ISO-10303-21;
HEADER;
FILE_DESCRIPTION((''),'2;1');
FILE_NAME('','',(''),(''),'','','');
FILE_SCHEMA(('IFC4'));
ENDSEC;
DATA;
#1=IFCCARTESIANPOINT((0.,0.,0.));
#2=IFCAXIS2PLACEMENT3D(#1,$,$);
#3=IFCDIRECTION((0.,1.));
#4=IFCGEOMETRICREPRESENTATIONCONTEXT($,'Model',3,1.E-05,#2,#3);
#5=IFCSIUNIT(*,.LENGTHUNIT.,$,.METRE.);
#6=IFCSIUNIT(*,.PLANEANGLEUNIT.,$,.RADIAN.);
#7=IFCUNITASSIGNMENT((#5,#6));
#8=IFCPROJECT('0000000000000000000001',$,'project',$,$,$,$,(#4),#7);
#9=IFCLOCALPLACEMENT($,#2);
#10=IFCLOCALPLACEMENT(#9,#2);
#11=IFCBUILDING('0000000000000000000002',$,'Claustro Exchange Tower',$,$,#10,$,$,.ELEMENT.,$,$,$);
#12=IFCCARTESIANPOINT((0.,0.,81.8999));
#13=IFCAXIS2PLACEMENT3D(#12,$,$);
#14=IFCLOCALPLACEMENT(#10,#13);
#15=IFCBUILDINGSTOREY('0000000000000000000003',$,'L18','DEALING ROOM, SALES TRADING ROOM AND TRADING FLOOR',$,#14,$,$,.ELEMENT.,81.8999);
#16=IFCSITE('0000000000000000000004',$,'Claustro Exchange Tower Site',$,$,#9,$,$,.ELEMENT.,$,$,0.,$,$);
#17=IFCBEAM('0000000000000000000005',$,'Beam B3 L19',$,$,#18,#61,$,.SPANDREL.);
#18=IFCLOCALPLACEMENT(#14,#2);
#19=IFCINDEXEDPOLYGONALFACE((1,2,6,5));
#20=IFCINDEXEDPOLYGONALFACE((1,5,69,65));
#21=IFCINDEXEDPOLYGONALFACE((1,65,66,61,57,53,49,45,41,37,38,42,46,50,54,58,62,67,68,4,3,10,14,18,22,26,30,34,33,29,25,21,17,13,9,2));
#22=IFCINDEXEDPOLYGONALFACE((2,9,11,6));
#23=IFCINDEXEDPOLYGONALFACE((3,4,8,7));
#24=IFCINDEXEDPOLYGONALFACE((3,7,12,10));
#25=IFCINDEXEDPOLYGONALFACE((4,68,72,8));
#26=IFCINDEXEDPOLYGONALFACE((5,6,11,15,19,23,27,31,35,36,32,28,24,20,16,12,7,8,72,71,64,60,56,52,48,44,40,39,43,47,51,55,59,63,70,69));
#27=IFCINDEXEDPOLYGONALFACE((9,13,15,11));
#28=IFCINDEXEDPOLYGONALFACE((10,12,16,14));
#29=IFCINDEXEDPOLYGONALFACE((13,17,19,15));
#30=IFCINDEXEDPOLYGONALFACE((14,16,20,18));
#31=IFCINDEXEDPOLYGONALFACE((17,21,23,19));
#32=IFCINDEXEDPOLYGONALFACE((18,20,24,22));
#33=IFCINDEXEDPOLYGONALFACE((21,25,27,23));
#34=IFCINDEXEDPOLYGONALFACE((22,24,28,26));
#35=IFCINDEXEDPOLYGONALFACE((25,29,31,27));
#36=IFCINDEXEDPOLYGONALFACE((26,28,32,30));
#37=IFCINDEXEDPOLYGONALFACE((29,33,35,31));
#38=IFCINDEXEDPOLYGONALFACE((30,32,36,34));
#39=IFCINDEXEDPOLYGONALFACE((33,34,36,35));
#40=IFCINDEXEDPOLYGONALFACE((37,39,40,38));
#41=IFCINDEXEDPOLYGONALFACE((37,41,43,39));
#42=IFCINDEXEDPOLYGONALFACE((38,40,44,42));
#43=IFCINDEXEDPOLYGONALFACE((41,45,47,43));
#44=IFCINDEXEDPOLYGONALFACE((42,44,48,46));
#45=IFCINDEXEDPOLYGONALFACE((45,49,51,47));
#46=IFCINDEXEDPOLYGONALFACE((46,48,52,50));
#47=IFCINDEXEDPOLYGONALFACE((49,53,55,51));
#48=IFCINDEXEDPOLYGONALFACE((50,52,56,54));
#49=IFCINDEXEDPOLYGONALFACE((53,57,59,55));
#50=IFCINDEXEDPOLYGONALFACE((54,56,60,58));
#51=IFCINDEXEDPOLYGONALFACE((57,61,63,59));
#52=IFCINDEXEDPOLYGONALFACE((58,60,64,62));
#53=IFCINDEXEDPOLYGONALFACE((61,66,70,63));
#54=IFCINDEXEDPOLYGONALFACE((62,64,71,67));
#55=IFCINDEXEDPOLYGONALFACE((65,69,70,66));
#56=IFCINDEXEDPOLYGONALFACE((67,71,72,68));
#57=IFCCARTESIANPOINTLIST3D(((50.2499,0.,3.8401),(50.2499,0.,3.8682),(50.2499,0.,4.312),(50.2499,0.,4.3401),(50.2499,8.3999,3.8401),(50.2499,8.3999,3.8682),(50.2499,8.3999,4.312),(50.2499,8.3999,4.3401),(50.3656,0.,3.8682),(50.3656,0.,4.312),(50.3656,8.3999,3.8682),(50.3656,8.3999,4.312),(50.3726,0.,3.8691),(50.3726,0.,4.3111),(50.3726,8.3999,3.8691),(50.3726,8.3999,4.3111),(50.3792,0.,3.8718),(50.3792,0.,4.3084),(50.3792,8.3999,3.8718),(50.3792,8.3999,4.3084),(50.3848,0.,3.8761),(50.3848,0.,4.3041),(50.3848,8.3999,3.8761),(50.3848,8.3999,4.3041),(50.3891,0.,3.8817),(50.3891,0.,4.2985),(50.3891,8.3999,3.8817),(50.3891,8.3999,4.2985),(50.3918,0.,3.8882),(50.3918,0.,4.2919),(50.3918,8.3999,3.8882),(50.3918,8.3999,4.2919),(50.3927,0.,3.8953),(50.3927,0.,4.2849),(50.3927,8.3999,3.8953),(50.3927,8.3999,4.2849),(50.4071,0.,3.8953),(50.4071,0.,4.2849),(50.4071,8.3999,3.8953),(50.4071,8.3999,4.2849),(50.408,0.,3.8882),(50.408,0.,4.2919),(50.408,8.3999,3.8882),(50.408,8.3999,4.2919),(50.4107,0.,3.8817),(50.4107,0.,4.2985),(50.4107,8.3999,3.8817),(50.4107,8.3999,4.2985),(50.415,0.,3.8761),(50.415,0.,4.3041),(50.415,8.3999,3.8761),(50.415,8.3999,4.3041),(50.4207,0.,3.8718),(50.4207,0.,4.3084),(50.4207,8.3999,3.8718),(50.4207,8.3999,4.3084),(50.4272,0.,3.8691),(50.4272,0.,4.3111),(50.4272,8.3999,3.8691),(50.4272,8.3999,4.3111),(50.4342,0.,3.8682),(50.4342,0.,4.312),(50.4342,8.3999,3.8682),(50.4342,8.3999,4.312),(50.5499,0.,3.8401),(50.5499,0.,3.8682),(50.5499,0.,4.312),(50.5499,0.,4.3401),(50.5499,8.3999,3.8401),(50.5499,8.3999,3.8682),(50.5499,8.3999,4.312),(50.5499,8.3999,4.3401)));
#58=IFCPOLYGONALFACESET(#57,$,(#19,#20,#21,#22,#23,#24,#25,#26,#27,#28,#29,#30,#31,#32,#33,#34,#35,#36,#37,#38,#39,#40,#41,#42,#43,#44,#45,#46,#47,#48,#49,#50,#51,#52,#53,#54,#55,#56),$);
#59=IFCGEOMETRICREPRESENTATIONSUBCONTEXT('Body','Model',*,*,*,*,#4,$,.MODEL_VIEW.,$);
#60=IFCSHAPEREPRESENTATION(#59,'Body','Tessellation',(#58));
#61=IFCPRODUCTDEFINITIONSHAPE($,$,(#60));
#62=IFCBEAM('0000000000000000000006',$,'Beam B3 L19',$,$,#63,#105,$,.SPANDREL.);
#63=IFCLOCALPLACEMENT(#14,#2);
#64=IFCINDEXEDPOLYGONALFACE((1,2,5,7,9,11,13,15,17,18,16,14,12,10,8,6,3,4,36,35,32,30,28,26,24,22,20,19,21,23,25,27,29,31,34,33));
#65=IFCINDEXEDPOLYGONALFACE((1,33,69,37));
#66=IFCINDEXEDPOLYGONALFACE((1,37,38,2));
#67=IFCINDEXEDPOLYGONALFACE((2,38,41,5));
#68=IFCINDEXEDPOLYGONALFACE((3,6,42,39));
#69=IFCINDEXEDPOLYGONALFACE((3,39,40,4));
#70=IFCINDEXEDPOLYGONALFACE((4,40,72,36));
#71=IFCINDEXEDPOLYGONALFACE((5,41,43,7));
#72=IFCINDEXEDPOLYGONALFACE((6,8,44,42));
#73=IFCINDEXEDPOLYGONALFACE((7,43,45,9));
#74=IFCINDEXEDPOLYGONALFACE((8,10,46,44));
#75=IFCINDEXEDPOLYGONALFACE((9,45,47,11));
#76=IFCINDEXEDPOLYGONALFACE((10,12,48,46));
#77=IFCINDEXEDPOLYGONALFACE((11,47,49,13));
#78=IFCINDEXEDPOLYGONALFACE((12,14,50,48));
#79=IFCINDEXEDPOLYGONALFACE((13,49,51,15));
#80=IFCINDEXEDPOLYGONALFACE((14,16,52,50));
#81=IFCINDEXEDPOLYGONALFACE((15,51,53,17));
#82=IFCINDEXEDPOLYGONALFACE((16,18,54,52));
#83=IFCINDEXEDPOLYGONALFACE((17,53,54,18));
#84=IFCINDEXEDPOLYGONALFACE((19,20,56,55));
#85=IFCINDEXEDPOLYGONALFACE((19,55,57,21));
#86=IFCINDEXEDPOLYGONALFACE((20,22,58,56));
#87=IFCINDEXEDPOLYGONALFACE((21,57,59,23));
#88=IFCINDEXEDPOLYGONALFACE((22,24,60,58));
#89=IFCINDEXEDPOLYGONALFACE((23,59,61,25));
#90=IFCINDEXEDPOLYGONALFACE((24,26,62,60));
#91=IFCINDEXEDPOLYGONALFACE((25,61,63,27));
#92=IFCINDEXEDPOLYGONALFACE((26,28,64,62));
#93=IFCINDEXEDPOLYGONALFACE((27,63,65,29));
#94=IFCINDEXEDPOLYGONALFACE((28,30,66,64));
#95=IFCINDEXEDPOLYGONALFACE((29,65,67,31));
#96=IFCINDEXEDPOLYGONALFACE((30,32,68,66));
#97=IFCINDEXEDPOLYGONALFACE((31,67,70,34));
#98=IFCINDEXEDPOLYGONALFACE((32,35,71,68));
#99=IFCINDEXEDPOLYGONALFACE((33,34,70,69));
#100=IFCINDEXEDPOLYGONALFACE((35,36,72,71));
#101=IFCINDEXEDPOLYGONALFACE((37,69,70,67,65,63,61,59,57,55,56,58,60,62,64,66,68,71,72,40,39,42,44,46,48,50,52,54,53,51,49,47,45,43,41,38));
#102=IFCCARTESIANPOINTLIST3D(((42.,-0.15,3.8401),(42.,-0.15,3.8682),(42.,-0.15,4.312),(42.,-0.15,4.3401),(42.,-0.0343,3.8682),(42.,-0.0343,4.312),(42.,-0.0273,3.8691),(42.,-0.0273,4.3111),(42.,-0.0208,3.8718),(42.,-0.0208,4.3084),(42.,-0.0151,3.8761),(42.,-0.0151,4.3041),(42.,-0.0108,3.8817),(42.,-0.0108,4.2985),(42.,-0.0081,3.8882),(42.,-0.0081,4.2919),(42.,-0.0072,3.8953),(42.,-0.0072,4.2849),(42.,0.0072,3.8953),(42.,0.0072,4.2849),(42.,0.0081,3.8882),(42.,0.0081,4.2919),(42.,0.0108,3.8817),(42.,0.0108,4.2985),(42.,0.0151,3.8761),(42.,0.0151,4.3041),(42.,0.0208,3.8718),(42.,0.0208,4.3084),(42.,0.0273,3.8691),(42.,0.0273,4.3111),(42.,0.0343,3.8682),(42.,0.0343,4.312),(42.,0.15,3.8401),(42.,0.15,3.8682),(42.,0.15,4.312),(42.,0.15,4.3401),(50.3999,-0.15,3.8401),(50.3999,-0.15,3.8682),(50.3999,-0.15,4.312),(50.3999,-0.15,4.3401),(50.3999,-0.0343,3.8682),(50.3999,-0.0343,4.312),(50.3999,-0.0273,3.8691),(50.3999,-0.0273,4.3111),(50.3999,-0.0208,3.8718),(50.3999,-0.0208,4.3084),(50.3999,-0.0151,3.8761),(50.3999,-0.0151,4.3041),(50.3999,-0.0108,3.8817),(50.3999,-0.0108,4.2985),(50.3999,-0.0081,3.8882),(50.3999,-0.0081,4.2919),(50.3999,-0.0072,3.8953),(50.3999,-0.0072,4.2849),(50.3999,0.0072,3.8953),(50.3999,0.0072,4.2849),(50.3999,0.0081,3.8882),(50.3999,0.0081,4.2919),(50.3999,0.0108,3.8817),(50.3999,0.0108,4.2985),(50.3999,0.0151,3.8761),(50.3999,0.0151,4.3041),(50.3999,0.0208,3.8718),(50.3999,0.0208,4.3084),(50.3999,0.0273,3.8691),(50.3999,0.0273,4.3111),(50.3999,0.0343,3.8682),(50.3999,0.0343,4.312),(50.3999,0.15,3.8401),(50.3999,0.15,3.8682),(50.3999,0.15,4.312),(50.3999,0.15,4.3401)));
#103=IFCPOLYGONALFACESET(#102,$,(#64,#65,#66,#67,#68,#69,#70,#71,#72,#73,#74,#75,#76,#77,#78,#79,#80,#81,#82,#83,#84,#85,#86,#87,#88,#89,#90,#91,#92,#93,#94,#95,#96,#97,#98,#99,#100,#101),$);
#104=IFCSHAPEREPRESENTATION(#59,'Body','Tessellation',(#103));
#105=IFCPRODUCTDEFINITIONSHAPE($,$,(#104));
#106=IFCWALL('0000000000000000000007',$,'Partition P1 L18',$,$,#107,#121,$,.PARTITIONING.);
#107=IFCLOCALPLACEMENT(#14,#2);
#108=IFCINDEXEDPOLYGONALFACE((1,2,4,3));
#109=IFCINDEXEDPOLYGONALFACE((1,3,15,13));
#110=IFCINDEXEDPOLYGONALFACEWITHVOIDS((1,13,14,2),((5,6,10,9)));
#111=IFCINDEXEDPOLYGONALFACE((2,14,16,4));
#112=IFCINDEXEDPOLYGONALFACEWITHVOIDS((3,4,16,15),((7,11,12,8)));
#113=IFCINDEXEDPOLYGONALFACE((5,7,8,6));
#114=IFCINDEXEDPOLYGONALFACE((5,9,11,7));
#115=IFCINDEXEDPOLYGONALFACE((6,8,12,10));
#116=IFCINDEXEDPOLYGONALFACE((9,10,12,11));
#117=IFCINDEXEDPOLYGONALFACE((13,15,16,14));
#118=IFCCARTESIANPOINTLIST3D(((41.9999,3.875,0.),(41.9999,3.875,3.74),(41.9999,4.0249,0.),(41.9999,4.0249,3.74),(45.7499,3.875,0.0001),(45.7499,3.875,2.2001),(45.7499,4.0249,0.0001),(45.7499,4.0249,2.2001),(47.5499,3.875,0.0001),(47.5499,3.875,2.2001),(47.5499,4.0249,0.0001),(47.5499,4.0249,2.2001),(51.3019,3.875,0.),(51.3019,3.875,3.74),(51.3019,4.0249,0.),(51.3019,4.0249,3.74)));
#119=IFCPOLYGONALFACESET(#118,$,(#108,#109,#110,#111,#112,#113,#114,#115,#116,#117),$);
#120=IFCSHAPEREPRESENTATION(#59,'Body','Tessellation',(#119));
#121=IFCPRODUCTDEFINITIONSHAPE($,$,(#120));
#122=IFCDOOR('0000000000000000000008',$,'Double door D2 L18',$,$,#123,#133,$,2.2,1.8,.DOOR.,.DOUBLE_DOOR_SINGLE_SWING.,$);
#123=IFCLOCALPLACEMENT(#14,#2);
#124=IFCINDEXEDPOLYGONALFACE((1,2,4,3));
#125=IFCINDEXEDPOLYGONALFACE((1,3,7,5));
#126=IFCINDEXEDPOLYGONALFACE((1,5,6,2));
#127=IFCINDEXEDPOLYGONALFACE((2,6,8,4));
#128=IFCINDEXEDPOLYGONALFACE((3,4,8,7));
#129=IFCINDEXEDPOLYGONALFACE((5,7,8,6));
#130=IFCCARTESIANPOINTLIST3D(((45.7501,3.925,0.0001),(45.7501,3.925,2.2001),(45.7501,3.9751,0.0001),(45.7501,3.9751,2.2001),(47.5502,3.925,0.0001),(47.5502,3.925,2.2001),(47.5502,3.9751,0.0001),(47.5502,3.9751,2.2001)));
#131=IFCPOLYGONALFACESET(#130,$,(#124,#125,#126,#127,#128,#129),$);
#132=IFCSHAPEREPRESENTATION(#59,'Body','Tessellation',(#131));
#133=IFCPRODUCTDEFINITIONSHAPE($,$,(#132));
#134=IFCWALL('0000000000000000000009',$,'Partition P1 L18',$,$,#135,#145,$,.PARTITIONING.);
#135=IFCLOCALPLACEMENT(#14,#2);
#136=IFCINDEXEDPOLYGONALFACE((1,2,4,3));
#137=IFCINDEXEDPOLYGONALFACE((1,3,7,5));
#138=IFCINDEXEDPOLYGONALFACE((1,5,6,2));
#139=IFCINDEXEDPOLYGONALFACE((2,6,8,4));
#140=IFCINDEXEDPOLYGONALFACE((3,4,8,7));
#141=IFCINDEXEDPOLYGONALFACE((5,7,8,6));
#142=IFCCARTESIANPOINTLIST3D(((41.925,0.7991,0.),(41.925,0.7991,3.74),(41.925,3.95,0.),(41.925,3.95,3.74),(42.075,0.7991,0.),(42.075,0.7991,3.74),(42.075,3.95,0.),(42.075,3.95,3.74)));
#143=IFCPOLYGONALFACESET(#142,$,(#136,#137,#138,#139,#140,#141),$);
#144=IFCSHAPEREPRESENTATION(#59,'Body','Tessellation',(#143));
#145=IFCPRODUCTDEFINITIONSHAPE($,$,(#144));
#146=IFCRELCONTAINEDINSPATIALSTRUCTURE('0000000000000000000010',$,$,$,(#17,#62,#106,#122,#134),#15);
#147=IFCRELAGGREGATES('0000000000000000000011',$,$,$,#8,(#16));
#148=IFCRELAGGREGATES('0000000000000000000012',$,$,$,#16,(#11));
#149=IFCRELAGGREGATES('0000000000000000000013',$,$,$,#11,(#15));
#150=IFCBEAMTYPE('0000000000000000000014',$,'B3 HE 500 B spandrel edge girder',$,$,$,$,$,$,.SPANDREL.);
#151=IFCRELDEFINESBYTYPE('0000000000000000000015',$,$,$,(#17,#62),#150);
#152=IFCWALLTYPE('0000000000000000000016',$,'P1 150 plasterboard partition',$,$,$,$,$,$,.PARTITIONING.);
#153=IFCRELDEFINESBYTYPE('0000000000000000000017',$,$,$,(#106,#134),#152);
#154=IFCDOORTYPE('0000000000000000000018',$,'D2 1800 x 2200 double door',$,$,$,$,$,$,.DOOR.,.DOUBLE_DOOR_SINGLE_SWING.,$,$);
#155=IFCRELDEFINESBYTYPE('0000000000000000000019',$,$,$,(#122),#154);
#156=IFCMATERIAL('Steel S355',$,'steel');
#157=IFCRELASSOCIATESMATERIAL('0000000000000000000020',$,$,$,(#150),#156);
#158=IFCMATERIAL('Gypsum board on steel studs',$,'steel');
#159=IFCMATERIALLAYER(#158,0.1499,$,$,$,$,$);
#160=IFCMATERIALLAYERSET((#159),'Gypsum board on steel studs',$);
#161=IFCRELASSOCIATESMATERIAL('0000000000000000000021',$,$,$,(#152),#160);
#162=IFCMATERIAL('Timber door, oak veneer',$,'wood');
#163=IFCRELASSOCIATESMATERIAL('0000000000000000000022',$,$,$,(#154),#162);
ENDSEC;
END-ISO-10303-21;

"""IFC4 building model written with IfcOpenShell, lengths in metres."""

from ifc_helpers import new_model, si_unit, direction, frame, frame_2d, origin, origin_2d, place, context, subcontext, project, spatial, rectangle, i_section, extrude, material, layer, layer_set, material_profile, profile_set, type_object, element, fill, save


model = new_model("IFC4")

# Units and contexts
model_context = context("Model", 3, precision=1e-05, world=origin(), true_north=direction((0.0, 1.0)))
body_context = subcontext(model_context, "Body", "Model", "MODEL_VIEW")
ifc_project = project(units=[si_unit("LENGTHUNIT", "METRE"), si_unit("PLANEANGLEUNIT", "RADIAN")], contexts=[model_context])

# Site, building, storey
site_placement = place(None, origin())
site = spatial("IfcSite", under=ifc_project, at=site_placement, Name="Claustro Exchange Tower Site", CompositionType="ELEMENT", RefElevation=0.0)
building_placement = place(site_placement, origin())
building = spatial("IfcBuilding", under=site, at=building_placement, Name="Claustro Exchange Tower", CompositionType="ELEMENT")
storey_placement = place(building_placement, frame((0.0, 0.0, 81.8999)))
storey = spatial("IfcBuildingStorey", under=building, at=storey_placement, Name="L18", Description="DEALING ROOM, SALES TRADING ROOM AND TRADING FLOOR", CompositionType="ELEMENT", Elevation=81.8999)

# Beams
ifc_material_1 = material(Name="Steel S355", Category="steel")
ifc_material_profile_1 = material_profile(ifc_material_1, i_section(OverallWidth=0.3, OverallDepth=0.5, WebThickness=0.0144, FlangeThickness=0.0281, FilletRadius=0.0271, at=origin_2d()), Name="HE 500 B")
ifc_profile_set_1 = profile_set([ifc_material_profile_1], Name="Steel S355")
beam_type_1 = type_object("IfcBeamType", Name="B3 HE 500 B spandrel edge girder", PredefinedType="SPANDREL", material=ifc_profile_set_1)
for number, where, z_axis, x_axis, name in (
    (1, (50.3999, 0.0, 4.0901), (0.0, 1.0, 0.0), (-1.0, 0.0, 0.0), "Beam B3 L19"),
    (2, (42.0, 0.0, 4.0901), (1.0, 0.0, 0.0), (0.0, 1.0, 0.0), "Beam B3 L19"),
):
    element("IfcBeam", number, at=place(storey_placement, frame(where, z_axis=z_axis, x_axis=x_axis)), inside=storey, type_object=beam_type_1, Name=name, PredefinedType="SPANDREL", context=body_context, shape_type="SweptSolid", body=[
        extrude(i_section(OverallWidth=0.3, OverallDepth=0.5, WebThickness=0.0144, FlangeThickness=0.0281, FilletRadius=0.0271, at=origin_2d()), origin(), (0.0, 0.0, 1.0), 8.3999),
    ])

# Wall, opening, door
ifc_material_2 = material(Name="Gypsum board on steel studs", Category="steel")
ifc_layer_1 = layer(ifc_material_2, 0.1499)
ifc_layer_set_1 = layer_set([ifc_layer_1], Name="Gypsum board on steel studs")
wall_type_1 = type_object("IfcWallType", Name="P1 150 plasterboard partition", PredefinedType="PARTITIONING", material=ifc_layer_set_1)
wall_1_placement = place(storey_placement, frame((42.0, 3.95, 0.0), z_axis=(0.0, 0.0, 1.0), x_axis=(1.0, 0.0, 0.0)))
wall_1 = element("IfcWall", 3, at=wall_1_placement, inside=storey, type_object=wall_type_1, Name="Partition P1 L18", PredefinedType="PARTITIONING", context=body_context, shape_type="SweptSolid", body=[
    extrude(rectangle(XDim=9.302, YDim=0.1499, at=frame_2d((4.6509, 0.0))), origin(), (0.0, 0.0, 1.0), 3.74),
])
opening_1_placement = place(wall_1_placement, frame((3.75, 0.0, 0.0)))
opening_1 = element("IfcOpeningElement", 4, at=opening_1_placement, cuts=wall_1, PredefinedType="OPENING", context=body_context, shape_type="SweptSolid", body=[
    extrude(rectangle(XDim=1.8, YDim=2.2, at=frame_2d((0.8999, 1.1001))), frame((0.0, 0.085, 0.0), z_axis=(0.0, -1.0, 0.0), x_axis=(1.0, 0.0, 0.0)), (0.0, 0.0, 1.0), 0.1699),
])
ifc_material_3 = material(Name="Timber door, oak veneer", Category="wood")
door_type = type_object("IfcDoorType", Name="D2 1800 x 2200 double door", OperationType="DOUBLE_DOOR_SINGLE_SWING", PredefinedType="DOOR", material=ifc_material_3)
door_placement = place(opening_1_placement, frame((1.8, 0.0, 0.0), z_axis=(0.0, 0.0, 1.0), x_axis=(-1.0, 0.0, 0.0)))
door = element("IfcDoor", 5, at=door_placement, inside=storey, type_object=door_type, Name="Double door D2 L18", OperationType="DOUBLE_DOOR_SINGLE_SWING", OverallHeight=2.2, OverallWidth=1.8, PredefinedType="DOOR", context=body_context, shape_type="SweptSolid", body=[
    extrude(rectangle(XDim=1.8, YDim=2.2, at=frame_2d((0.8999, 1.1001))), frame((0.0, 0.0249, 0.0), z_axis=(0.0, -1.0, 0.0), x_axis=(1.0, 0.0, 0.0)), (0.0, 0.0, 1.0), 0.05),
])
fill(opening_1, door)

# Wall
wall_2_placement = place(storey_placement, frame((42.0, 0.7991, 0.0), z_axis=(0.0, 0.0, 1.0), x_axis=(0.0, 1.0, 0.0)))
element("IfcWall", 6, at=wall_2_placement, inside=storey, type_object=wall_type_1, Name="Partition P1 L18", PredefinedType="PARTITIONING", context=body_context, shape_type="SweptSolid", body=[
    extrude(rectangle(XDim=3.1509, YDim=0.1499, at=frame_2d((1.5754, 0.0))), origin(), (0.0, 0.0, 1.0), 3.74),
])

save(model, "model.ifc")
